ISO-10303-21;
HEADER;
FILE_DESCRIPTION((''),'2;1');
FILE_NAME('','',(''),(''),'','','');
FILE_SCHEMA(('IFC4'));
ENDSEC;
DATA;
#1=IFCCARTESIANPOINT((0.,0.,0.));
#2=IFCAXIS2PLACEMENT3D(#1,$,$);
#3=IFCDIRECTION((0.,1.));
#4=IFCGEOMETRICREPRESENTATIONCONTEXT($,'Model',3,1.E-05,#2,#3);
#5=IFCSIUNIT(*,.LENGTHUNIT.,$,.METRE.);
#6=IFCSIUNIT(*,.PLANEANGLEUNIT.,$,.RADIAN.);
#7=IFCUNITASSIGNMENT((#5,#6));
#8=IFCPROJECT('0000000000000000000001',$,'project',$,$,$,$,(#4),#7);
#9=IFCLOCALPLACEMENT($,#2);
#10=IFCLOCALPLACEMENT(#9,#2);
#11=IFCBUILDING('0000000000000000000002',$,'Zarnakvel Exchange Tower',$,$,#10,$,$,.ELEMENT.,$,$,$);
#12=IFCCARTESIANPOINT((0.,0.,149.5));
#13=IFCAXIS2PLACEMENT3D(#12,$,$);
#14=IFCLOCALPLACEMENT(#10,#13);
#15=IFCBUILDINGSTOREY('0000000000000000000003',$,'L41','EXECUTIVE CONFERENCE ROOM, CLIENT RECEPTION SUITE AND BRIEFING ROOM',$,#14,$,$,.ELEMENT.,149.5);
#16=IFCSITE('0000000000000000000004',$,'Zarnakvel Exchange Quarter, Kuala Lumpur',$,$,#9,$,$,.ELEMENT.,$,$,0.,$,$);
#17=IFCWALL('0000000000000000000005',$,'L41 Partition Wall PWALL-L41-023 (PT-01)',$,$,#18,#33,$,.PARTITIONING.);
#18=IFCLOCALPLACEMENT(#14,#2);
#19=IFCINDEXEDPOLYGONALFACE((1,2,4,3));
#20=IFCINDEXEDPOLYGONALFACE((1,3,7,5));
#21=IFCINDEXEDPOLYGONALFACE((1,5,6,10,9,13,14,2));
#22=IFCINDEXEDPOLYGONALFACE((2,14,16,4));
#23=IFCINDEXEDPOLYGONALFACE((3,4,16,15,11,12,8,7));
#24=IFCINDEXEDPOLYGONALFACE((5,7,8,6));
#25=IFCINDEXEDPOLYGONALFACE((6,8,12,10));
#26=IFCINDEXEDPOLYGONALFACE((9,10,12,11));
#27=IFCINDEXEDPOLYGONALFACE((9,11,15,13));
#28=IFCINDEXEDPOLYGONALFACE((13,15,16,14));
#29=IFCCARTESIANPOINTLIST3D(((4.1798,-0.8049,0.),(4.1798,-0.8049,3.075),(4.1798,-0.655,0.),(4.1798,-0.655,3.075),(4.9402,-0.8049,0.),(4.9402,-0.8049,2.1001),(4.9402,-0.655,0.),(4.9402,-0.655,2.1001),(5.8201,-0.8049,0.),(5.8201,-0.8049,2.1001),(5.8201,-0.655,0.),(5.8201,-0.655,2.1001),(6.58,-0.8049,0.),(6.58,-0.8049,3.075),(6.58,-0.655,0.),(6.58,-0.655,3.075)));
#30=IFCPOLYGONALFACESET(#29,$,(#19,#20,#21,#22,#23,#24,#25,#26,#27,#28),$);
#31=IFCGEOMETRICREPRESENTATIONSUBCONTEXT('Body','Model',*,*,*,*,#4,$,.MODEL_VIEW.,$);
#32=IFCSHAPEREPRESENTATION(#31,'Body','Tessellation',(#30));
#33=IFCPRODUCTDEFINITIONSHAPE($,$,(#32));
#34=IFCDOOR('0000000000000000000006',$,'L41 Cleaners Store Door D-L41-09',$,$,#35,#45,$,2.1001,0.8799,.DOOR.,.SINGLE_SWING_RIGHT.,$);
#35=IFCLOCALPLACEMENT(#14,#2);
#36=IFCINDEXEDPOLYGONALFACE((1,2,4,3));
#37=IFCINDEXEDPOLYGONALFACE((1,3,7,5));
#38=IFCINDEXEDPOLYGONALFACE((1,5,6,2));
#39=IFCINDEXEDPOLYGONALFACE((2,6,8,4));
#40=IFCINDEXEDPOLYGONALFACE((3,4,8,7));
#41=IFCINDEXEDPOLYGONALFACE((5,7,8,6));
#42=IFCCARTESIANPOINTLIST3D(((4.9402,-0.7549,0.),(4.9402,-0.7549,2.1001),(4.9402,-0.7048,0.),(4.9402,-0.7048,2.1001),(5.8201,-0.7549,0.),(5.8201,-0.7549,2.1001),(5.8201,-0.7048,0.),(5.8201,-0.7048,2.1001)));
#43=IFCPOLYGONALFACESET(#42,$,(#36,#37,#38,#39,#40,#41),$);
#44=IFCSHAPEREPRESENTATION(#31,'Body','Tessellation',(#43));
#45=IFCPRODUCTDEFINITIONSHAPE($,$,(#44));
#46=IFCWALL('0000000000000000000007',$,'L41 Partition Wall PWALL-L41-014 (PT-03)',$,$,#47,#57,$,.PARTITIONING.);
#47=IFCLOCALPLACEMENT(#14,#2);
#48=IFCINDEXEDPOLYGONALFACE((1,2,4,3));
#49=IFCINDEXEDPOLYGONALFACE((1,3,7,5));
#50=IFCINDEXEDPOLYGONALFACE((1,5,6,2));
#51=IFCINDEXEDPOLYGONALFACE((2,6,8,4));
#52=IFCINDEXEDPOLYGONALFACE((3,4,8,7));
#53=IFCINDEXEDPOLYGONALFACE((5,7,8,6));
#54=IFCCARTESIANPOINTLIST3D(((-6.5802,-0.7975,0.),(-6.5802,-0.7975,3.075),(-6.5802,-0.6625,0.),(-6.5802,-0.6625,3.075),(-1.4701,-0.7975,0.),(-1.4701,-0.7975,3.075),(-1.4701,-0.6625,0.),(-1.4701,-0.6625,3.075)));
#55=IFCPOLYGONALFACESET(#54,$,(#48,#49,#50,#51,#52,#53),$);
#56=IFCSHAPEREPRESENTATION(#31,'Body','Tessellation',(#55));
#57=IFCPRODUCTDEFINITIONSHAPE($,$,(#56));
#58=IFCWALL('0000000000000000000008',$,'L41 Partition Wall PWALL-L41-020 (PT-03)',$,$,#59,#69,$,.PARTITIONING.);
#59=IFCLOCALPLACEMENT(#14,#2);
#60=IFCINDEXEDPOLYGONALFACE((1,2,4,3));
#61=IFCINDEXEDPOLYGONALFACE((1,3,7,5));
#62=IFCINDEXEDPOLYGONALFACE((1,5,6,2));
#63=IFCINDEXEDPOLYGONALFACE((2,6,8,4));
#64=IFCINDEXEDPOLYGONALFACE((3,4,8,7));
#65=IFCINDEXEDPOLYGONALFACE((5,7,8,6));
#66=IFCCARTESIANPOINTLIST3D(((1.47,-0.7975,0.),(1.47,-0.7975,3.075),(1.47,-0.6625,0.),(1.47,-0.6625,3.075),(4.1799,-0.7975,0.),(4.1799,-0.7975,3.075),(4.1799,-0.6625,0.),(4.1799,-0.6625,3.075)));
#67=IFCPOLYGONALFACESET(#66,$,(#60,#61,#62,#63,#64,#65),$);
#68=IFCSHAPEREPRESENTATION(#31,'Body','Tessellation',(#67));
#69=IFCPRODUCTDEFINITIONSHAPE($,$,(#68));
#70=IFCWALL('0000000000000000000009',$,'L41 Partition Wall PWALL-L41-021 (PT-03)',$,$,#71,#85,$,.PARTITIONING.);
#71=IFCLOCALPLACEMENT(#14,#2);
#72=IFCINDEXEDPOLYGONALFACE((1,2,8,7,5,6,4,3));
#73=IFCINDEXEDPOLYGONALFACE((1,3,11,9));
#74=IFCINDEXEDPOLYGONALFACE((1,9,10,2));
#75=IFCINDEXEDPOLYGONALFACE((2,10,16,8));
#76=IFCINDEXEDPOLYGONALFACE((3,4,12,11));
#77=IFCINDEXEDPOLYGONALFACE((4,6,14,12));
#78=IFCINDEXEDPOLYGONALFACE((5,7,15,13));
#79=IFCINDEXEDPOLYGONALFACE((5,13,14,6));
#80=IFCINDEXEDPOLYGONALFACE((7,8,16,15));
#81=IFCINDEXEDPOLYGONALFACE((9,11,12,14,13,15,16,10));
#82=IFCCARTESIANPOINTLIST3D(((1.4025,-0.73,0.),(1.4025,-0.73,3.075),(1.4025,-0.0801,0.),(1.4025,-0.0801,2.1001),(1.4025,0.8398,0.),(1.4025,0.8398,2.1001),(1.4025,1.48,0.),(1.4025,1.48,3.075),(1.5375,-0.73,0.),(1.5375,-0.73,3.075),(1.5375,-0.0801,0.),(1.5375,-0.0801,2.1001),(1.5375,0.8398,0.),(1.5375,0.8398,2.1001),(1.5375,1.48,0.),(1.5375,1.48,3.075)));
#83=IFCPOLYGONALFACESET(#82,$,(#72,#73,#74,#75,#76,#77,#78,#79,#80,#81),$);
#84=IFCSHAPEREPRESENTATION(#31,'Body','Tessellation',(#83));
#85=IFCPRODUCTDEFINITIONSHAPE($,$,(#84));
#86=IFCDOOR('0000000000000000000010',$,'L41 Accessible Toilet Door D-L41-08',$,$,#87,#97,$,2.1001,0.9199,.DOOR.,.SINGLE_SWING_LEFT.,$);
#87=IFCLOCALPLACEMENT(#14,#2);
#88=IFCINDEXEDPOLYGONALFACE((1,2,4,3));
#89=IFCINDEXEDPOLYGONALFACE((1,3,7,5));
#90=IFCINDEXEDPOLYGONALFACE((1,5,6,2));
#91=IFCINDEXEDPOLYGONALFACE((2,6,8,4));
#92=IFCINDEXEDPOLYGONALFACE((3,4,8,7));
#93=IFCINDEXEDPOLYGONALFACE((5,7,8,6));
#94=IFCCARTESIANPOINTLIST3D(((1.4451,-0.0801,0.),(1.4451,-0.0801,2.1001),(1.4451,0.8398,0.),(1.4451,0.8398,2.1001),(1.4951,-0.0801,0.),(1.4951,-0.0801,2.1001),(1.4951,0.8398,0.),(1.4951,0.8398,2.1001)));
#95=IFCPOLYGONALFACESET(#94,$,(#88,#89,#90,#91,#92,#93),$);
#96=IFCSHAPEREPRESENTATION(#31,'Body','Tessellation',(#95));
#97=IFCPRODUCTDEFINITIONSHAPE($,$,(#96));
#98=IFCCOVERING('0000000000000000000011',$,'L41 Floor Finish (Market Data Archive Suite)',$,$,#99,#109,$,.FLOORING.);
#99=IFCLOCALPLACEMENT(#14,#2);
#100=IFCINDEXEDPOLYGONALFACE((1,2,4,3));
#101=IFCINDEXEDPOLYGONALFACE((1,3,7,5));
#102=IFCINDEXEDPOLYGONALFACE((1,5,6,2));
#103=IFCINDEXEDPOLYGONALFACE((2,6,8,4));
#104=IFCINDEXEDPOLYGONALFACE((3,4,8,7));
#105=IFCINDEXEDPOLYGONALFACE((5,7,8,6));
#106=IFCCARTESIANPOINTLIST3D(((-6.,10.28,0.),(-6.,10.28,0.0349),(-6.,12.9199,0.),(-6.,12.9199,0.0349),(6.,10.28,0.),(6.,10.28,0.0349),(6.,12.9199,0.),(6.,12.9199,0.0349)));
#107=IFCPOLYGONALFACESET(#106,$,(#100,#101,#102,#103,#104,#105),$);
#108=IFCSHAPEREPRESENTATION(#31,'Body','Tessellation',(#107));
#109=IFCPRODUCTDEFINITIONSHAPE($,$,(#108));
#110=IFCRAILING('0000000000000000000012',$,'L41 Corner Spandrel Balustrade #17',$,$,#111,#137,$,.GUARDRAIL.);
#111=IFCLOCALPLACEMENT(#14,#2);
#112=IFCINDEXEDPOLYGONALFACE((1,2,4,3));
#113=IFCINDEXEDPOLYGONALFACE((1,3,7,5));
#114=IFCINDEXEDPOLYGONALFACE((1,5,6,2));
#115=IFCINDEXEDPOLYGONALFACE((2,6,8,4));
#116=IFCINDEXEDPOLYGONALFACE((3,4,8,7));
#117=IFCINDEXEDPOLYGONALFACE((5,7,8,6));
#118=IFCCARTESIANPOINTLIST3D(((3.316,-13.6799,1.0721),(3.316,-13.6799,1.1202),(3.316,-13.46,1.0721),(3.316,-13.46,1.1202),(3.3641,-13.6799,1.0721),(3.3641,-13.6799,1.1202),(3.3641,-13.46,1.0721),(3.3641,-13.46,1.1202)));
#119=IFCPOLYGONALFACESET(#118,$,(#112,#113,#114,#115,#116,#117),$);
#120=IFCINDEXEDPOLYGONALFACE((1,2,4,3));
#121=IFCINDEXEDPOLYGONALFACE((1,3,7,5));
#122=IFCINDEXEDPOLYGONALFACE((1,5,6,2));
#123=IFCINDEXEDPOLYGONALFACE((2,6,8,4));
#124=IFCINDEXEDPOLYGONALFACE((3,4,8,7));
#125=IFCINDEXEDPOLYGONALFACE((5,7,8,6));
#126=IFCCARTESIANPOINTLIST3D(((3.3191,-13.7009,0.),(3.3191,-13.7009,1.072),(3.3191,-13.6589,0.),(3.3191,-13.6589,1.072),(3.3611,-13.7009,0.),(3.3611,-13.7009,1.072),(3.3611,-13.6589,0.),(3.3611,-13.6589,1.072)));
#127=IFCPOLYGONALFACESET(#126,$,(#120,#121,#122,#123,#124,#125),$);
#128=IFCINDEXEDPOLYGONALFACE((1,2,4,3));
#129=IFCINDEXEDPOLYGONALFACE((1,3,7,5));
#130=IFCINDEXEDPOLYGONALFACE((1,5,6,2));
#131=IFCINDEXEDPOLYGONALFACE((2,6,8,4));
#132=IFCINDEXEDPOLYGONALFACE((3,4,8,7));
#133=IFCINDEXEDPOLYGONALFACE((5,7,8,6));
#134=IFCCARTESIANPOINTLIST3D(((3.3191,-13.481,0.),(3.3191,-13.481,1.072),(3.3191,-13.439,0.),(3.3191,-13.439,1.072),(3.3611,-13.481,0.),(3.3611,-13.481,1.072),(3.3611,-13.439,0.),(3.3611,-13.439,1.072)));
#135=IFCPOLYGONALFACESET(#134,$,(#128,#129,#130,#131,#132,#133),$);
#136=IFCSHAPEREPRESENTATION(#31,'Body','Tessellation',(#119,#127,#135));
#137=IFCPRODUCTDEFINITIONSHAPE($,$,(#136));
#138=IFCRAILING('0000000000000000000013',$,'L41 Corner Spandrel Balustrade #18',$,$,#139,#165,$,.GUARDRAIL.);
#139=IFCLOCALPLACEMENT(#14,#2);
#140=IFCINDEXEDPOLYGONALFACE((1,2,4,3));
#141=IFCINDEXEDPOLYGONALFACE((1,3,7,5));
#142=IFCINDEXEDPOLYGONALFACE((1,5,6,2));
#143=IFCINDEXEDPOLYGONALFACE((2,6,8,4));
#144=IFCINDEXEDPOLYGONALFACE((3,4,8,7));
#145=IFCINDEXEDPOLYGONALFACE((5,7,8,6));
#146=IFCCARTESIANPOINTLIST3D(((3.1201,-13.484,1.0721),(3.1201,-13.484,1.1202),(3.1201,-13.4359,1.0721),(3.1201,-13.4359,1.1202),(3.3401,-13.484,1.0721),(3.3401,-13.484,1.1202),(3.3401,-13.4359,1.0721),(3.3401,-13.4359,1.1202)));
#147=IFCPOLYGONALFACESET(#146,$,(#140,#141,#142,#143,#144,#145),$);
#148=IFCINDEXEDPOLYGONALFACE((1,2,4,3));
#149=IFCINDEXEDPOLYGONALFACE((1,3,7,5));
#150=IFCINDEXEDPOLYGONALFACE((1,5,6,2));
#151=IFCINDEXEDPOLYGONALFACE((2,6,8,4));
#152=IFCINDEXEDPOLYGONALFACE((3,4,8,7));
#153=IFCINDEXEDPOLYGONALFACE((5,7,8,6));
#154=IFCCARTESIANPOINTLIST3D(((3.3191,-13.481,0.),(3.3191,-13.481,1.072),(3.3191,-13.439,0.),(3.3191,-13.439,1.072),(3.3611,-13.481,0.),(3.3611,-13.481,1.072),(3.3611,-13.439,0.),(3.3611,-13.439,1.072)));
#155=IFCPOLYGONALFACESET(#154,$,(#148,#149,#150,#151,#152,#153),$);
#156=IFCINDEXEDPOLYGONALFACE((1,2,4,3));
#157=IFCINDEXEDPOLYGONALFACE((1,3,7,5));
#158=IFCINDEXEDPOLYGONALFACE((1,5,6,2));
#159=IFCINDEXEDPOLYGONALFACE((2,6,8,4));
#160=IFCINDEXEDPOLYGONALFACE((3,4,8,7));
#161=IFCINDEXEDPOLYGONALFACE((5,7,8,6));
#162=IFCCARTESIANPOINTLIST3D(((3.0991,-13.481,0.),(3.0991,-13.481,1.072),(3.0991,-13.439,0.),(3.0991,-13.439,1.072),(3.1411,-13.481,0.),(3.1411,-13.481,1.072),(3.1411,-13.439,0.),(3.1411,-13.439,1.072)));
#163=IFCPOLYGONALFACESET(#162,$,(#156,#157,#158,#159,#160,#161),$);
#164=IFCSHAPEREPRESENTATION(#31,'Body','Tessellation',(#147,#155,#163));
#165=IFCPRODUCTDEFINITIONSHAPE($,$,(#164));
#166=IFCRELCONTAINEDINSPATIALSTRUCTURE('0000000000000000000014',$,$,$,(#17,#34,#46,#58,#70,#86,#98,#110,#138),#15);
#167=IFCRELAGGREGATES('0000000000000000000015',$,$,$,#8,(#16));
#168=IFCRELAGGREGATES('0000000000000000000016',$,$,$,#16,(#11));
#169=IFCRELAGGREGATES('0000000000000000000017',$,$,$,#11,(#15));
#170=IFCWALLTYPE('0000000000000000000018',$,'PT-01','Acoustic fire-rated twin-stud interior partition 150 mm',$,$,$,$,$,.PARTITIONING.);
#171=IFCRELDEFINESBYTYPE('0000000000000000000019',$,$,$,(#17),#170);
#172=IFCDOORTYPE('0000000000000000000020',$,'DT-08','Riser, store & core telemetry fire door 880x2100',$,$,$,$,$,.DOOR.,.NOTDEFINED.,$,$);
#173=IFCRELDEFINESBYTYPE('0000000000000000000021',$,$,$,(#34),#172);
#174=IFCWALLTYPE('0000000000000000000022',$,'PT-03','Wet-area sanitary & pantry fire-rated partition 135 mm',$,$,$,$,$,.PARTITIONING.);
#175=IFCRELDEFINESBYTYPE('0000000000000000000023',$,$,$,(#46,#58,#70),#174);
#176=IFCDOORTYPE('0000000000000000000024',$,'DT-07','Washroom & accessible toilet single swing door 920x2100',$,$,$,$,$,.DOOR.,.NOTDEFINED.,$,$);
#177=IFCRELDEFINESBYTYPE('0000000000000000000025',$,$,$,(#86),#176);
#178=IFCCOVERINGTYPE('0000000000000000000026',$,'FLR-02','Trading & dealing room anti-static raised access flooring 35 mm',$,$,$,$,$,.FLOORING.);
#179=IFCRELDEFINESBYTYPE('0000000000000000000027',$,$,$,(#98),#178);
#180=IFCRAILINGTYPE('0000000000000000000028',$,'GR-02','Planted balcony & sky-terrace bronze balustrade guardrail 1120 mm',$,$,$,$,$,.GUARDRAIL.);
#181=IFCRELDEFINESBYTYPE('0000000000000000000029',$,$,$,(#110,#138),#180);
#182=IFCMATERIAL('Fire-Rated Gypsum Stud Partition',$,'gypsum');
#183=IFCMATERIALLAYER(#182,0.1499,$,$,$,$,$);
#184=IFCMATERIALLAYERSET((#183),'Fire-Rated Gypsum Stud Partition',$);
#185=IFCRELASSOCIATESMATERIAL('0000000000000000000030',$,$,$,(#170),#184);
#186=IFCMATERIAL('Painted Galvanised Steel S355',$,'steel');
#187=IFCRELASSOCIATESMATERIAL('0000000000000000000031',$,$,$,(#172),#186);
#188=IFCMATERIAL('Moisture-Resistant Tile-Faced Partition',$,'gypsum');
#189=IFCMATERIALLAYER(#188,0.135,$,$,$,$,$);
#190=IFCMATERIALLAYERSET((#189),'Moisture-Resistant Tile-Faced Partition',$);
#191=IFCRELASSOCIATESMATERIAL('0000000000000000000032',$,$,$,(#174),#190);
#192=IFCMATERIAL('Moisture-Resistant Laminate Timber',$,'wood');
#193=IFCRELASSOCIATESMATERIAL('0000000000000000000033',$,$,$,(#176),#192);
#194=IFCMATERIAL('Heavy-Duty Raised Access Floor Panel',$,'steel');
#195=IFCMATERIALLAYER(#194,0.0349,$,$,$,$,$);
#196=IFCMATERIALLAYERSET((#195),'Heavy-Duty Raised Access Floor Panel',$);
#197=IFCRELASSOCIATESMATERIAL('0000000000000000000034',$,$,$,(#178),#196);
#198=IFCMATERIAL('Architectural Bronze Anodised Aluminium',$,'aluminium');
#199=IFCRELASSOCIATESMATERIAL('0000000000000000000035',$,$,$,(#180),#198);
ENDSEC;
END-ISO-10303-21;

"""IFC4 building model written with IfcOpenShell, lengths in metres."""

from ifc_helpers import new_model, si_unit, direction, frame, frame_2d, origin, origin_2d, place, context, subcontext, project, spatial, polyline, rectangle, outline, extrude, source, transform, mapped, material, layer, layer_set, type_object, element, fill, save


model = new_model("IFC4")

# Units and contexts
model_context = context("Model", 3, precision=1e-05, world=origin(), true_north=direction((0.0, 1.0)))
body_context = subcontext(model_context, "Body", "Model", "MODEL_VIEW")
ifc_project = project(units=[si_unit("LENGTHUNIT", "METRE"), si_unit("PLANEANGLEUNIT", "RADIAN")], contexts=[model_context])

# Site, building, storey
site_placement = place(None, origin())
site = spatial("IfcSite", under=ifc_project, at=site_placement, Name="Zarnakvel Exchange Quarter, Kuala Lumpur", CompositionType="ELEMENT", RefElevation=0.0)
building_placement = place(site_placement, origin())
building = spatial("IfcBuilding", under=site, at=building_placement, Name="Zarnakvel Exchange Tower", CompositionType="ELEMENT")
storey_placement = place(building_placement, frame((0.0, 0.0, 149.5)))
storey = spatial("IfcBuildingStorey", under=building, at=storey_placement, Name="L41", Description="EXECUTIVE CONFERENCE ROOM, CLIENT RECEPTION SUITE AND BRIEFING ROOM", CompositionType="ELEMENT", Elevation=149.5)

# Shared definitions
ifc_material_1 = material(Name="Architectural Bronze Anodised Aluminium", Category="aluminium")

# Wall, opening, door
ifc_material_2 = material(Name="Fire-Rated Gypsum Stud Partition", Category="gypsum")
ifc_layer_1 = layer(ifc_material_2, 0.1499)
ifc_layer_set_1 = layer_set([ifc_layer_1], Name="Fire-Rated Gypsum Stud Partition")
wall_type_1 = type_object("IfcWallType", Name="PT-01", Description="Acoustic fire-rated twin-stud interior partition 150 mm", PredefinedType="PARTITIONING", material=ifc_layer_set_1)
wall_1_placement = place(storey_placement, frame((6.5801, -0.73, 0.0), z_axis=(0.0, 0.0, 1.0), x_axis=(-1.0, 0.0, 0.0)))
wall_1 = element("IfcWall", 1, at=wall_1_placement, inside=storey, type_object=wall_type_1, Name="L41 Partition Wall PWALL-L41-023 (PT-01)", PredefinedType="PARTITIONING", context=body_context, shape_type="SweptSolid", body=[
    extrude(rectangle(XDim=2.4001, YDim=0.1499, at=frame_2d((1.2002, 0.0))), origin(), (0.0, 0.0, 1.0), 3.075),
])
opening_1_placement = place(wall_1_placement, frame((0.76, 0.0, 0.0)))
opening_1 = element("IfcOpeningElement", 2, at=opening_1_placement, cuts=wall_1, PredefinedType="OPENING", context=body_context, shape_type="SweptSolid", body=[
    extrude(rectangle(XDim=0.8799, YDim=2.1001, at=frame_2d((0.4399, 1.05))), frame((0.0, 0.085, 0.0), z_axis=(0.0, -1.0, 0.0), x_axis=(1.0, 0.0, 0.0)), (0.0, 0.0, 1.0), 0.1699),
])
ifc_material_3 = material(Name="Painted Galvanised Steel S355", Category="steel")
door_type_1 = type_object("IfcDoorType", Name="DT-08", Description="Riser, store & core telemetry fire door 880x2100", OperationType="NOTDEFINED", PredefinedType="DOOR", material=ifc_material_3)
shared_shape_1 = source(origin(), body_context, "Body", "SweptSolid", [
    extrude(rectangle(XDim=0.8799, YDim=2.1001, at=frame_2d((0.4399, 1.05))), frame((0.0, 0.0249, 0.0), z_axis=(0.0, -1.0, 0.0), x_axis=(1.0, 0.0, 0.0)), (0.0, 0.0, 1.0), 0.05),
])
door_1_placement = place(opening_1_placement, origin())
door_1 = element("IfcDoor", 3, at=door_1_placement, inside=storey, type_object=door_type_1, Name="L41 Cleaners Store Door D-L41-09", OperationType="SINGLE_SWING_RIGHT", OverallHeight=2.1001, OverallWidth=0.8799, PredefinedType="DOOR", context=body_context, shape_type="MappedRepresentation", body=[
    mapped(shared_shape_1, transform((0.0, 0.0, 0.0), x_axis=(1.0, 0.0, 0.0), y_axis=(0.0, 1.0, 0.0), z_axis=(0.0, 0.0, 1.0), scale=1.0)),
])
fill(opening_1, door_1)

# Walls
ifc_material_4 = material(Name="Moisture-Resistant Tile-Faced Partition", Category="gypsum")
ifc_layer_2 = layer(ifc_material_4, 0.135)
ifc_layer_set_2 = layer_set([ifc_layer_2], Name="Moisture-Resistant Tile-Faced Partition")
wall_type_2 = type_object("IfcWallType", Name="PT-03", Description="Wet-area sanitary & pantry fire-rated partition 135 mm", PredefinedType="PARTITIONING", material=ifc_layer_set_2)
wall_2_placement = place(storey_placement, frame((-1.47, -0.73, 0.0), z_axis=(0.0, 0.0, 1.0), x_axis=(-1.0, 0.0, 0.0)))
element("IfcWall", 4, at=wall_2_placement, inside=storey, type_object=wall_type_2, Name="L41 Partition Wall PWALL-L41-014 (PT-03)", PredefinedType="PARTITIONING", context=body_context, shape_type="SweptSolid", body=[
    extrude(rectangle(XDim=5.1101, YDim=0.135, at=frame_2d((2.5552, 0.0))), origin(), (0.0, 0.0, 1.0), 3.075),
])
wall_3_placement = place(storey_placement, frame((4.1799, -0.73, 0.0), z_axis=(0.0, 0.0, 1.0), x_axis=(-1.0, 0.0, 0.0)))
element("IfcWall", 5, at=wall_3_placement, inside=storey, type_object=wall_type_2, Name="L41 Partition Wall PWALL-L41-020 (PT-03)", PredefinedType="PARTITIONING", context=body_context, shape_type="SweptSolid", body=[
    extrude(rectangle(XDim=2.71, YDim=0.135, at=frame_2d((1.355, 0.0))), origin(), (0.0, 0.0, 1.0), 3.075),
])

# Wall, opening, door
wall_4_placement = place(storey_placement, frame((1.47, -0.73, 0.0), z_axis=(0.0, 0.0, 1.0), x_axis=(0.0, 1.0, 0.0)))
wall_4 = element("IfcWall", 6, at=wall_4_placement, inside=storey, type_object=wall_type_2, Name="L41 Partition Wall PWALL-L41-021 (PT-03)", PredefinedType="PARTITIONING", context=body_context, shape_type="SweptSolid", body=[
    extrude(rectangle(XDim=2.21, YDim=0.135, at=frame_2d((1.105, 0.0))), origin(), (0.0, 0.0, 1.0), 3.075),
])
opening_2_placement = place(wall_4_placement, frame((0.6499, 0.0, 0.0)))
opening_2 = element("IfcOpeningElement", 7, at=opening_2_placement, cuts=wall_4, PredefinedType="OPENING", context=body_context, shape_type="SweptSolid", body=[
    extrude(rectangle(XDim=0.9199, YDim=2.1001, at=frame_2d((0.46, 1.05))), frame((0.0, 0.0774, 0.0), z_axis=(0.0, -1.0, 0.0), x_axis=(1.0, 0.0, 0.0)), (0.0, 0.0, 1.0), 0.155),
])
ifc_material_5 = material(Name="Moisture-Resistant Laminate Timber", Category="wood")
door_type_2 = type_object("IfcDoorType", Name="DT-07", Description="Washroom & accessible toilet single swing door 920x2100", OperationType="NOTDEFINED", PredefinedType="DOOR", material=ifc_material_5)
shared_shape_2 = source(origin(), body_context, "Body", "SweptSolid", [
    extrude(rectangle(XDim=0.9199, YDim=2.1001, at=frame_2d((0.46, 1.05))), frame((0.0, 0.0249, 0.0), z_axis=(0.0, -1.0, 0.0), x_axis=(1.0, 0.0, 0.0)), (0.0, 0.0, 1.0), 0.05),
])
door_2_placement = place(opening_2_placement, origin())
door_2 = element("IfcDoor", 8, at=door_2_placement, inside=storey, type_object=door_type_2, Name="L41 Accessible Toilet Door D-L41-08", OperationType="SINGLE_SWING_LEFT", OverallHeight=2.1001, OverallWidth=0.9199, PredefinedType="DOOR", context=body_context, shape_type="MappedRepresentation", body=[
    mapped(shared_shape_2, transform((0.0, 0.0, 0.0), x_axis=(1.0, 0.0, 0.0), y_axis=(0.0, 1.0, 0.0), z_axis=(0.0, 0.0, 1.0), scale=1.0)),
])
fill(opening_2, door_2)

# Covering
ifc_material_6 = material(Name="Heavy-Duty Raised Access Floor Panel", Category="steel")
ifc_layer_3 = layer(ifc_material_6, 0.0349)
ifc_layer_set_3 = layer_set([ifc_layer_3], Name="Heavy-Duty Raised Access Floor Panel")
covering_type = type_object("IfcCoveringType", Name="FLR-02", Description="Trading & dealing room anti-static raised access flooring 35 mm", PredefinedType="FLOORING", material=ifc_layer_set_3)
covering_placement = place(storey_placement, origin())
element("IfcCovering", 9, at=covering_placement, inside=storey, type_object=covering_type, Name="L41 Floor Finish (Market Data Archive Suite)", PredefinedType="FLOORING", context=body_context, shape_type="SweptSolid", body=[
    extrude(outline(polyline([(-6.0, 12.9199), (6.0, 12.9199), (6.0, 10.28), (-6.0, 10.28), (-6.0, 12.9199)])), origin(), (0.0, 0.0, 1.0), 0.0349),
])

# Railings
railing_type = type_object("IfcRailingType", Name="GR-02", Description="Planted balcony & sky-terrace bronze balustrade guardrail 1120 mm", PredefinedType="GUARDRAIL", material=ifc_material_1)
railing_1_placement = place(storey_placement, frame((3.3401, -13.6799, 0.0)))
element("IfcRailing", 10, at=railing_1_placement, inside=storey, type_object=railing_type, Name="L41 Corner Spandrel Balustrade #17", PredefinedType="GUARDRAIL", context=body_context, shape_type="SweptSolid", body=[
    extrude(rectangle(XDim=0.0481, YDim=0.0481, at=origin_2d()), frame((0.0, 0.0, 1.0962), z_axis=(0.0, 1.0, 0.0), x_axis=(-1.0, 0.0, 0.0)), (0.0, 0.0, 1.0), 0.22),
    extrude(rectangle(XDim=0.042, YDim=0.042, at=origin_2d()), origin(), (0.0, 0.0, 1.0), 1.072),
    extrude(rectangle(XDim=0.042, YDim=0.042, at=origin_2d()), frame((0.0, 0.22, 0.0)), (0.0, 0.0, 1.0), 1.072),
])
railing_2_placement = place(storey_placement, frame((3.3401, -13.46, 0.0)))
element("IfcRailing", 11, at=railing_2_placement, inside=storey, type_object=railing_type, Name="L41 Corner Spandrel Balustrade #18", PredefinedType="GUARDRAIL", context=body_context, shape_type="SweptSolid", body=[
    extrude(rectangle(XDim=0.0481, YDim=0.0481, at=origin_2d()), frame((0.0, 0.0, 1.0962), z_axis=(-1.0, 0.0, 0.0), x_axis=(0.0, -1.0, 0.0)), (0.0, 0.0, 1.0), 0.22),
    extrude(rectangle(XDim=0.042, YDim=0.042, at=origin_2d()), origin(), (0.0, 0.0, 1.0), 1.072),
    extrude(rectangle(XDim=0.042, YDim=0.042, at=origin_2d()), frame((-0.22, 0.0, 0.0)), (0.0, 0.0, 1.0), 1.072),
])

save(model, "model.ifc")
